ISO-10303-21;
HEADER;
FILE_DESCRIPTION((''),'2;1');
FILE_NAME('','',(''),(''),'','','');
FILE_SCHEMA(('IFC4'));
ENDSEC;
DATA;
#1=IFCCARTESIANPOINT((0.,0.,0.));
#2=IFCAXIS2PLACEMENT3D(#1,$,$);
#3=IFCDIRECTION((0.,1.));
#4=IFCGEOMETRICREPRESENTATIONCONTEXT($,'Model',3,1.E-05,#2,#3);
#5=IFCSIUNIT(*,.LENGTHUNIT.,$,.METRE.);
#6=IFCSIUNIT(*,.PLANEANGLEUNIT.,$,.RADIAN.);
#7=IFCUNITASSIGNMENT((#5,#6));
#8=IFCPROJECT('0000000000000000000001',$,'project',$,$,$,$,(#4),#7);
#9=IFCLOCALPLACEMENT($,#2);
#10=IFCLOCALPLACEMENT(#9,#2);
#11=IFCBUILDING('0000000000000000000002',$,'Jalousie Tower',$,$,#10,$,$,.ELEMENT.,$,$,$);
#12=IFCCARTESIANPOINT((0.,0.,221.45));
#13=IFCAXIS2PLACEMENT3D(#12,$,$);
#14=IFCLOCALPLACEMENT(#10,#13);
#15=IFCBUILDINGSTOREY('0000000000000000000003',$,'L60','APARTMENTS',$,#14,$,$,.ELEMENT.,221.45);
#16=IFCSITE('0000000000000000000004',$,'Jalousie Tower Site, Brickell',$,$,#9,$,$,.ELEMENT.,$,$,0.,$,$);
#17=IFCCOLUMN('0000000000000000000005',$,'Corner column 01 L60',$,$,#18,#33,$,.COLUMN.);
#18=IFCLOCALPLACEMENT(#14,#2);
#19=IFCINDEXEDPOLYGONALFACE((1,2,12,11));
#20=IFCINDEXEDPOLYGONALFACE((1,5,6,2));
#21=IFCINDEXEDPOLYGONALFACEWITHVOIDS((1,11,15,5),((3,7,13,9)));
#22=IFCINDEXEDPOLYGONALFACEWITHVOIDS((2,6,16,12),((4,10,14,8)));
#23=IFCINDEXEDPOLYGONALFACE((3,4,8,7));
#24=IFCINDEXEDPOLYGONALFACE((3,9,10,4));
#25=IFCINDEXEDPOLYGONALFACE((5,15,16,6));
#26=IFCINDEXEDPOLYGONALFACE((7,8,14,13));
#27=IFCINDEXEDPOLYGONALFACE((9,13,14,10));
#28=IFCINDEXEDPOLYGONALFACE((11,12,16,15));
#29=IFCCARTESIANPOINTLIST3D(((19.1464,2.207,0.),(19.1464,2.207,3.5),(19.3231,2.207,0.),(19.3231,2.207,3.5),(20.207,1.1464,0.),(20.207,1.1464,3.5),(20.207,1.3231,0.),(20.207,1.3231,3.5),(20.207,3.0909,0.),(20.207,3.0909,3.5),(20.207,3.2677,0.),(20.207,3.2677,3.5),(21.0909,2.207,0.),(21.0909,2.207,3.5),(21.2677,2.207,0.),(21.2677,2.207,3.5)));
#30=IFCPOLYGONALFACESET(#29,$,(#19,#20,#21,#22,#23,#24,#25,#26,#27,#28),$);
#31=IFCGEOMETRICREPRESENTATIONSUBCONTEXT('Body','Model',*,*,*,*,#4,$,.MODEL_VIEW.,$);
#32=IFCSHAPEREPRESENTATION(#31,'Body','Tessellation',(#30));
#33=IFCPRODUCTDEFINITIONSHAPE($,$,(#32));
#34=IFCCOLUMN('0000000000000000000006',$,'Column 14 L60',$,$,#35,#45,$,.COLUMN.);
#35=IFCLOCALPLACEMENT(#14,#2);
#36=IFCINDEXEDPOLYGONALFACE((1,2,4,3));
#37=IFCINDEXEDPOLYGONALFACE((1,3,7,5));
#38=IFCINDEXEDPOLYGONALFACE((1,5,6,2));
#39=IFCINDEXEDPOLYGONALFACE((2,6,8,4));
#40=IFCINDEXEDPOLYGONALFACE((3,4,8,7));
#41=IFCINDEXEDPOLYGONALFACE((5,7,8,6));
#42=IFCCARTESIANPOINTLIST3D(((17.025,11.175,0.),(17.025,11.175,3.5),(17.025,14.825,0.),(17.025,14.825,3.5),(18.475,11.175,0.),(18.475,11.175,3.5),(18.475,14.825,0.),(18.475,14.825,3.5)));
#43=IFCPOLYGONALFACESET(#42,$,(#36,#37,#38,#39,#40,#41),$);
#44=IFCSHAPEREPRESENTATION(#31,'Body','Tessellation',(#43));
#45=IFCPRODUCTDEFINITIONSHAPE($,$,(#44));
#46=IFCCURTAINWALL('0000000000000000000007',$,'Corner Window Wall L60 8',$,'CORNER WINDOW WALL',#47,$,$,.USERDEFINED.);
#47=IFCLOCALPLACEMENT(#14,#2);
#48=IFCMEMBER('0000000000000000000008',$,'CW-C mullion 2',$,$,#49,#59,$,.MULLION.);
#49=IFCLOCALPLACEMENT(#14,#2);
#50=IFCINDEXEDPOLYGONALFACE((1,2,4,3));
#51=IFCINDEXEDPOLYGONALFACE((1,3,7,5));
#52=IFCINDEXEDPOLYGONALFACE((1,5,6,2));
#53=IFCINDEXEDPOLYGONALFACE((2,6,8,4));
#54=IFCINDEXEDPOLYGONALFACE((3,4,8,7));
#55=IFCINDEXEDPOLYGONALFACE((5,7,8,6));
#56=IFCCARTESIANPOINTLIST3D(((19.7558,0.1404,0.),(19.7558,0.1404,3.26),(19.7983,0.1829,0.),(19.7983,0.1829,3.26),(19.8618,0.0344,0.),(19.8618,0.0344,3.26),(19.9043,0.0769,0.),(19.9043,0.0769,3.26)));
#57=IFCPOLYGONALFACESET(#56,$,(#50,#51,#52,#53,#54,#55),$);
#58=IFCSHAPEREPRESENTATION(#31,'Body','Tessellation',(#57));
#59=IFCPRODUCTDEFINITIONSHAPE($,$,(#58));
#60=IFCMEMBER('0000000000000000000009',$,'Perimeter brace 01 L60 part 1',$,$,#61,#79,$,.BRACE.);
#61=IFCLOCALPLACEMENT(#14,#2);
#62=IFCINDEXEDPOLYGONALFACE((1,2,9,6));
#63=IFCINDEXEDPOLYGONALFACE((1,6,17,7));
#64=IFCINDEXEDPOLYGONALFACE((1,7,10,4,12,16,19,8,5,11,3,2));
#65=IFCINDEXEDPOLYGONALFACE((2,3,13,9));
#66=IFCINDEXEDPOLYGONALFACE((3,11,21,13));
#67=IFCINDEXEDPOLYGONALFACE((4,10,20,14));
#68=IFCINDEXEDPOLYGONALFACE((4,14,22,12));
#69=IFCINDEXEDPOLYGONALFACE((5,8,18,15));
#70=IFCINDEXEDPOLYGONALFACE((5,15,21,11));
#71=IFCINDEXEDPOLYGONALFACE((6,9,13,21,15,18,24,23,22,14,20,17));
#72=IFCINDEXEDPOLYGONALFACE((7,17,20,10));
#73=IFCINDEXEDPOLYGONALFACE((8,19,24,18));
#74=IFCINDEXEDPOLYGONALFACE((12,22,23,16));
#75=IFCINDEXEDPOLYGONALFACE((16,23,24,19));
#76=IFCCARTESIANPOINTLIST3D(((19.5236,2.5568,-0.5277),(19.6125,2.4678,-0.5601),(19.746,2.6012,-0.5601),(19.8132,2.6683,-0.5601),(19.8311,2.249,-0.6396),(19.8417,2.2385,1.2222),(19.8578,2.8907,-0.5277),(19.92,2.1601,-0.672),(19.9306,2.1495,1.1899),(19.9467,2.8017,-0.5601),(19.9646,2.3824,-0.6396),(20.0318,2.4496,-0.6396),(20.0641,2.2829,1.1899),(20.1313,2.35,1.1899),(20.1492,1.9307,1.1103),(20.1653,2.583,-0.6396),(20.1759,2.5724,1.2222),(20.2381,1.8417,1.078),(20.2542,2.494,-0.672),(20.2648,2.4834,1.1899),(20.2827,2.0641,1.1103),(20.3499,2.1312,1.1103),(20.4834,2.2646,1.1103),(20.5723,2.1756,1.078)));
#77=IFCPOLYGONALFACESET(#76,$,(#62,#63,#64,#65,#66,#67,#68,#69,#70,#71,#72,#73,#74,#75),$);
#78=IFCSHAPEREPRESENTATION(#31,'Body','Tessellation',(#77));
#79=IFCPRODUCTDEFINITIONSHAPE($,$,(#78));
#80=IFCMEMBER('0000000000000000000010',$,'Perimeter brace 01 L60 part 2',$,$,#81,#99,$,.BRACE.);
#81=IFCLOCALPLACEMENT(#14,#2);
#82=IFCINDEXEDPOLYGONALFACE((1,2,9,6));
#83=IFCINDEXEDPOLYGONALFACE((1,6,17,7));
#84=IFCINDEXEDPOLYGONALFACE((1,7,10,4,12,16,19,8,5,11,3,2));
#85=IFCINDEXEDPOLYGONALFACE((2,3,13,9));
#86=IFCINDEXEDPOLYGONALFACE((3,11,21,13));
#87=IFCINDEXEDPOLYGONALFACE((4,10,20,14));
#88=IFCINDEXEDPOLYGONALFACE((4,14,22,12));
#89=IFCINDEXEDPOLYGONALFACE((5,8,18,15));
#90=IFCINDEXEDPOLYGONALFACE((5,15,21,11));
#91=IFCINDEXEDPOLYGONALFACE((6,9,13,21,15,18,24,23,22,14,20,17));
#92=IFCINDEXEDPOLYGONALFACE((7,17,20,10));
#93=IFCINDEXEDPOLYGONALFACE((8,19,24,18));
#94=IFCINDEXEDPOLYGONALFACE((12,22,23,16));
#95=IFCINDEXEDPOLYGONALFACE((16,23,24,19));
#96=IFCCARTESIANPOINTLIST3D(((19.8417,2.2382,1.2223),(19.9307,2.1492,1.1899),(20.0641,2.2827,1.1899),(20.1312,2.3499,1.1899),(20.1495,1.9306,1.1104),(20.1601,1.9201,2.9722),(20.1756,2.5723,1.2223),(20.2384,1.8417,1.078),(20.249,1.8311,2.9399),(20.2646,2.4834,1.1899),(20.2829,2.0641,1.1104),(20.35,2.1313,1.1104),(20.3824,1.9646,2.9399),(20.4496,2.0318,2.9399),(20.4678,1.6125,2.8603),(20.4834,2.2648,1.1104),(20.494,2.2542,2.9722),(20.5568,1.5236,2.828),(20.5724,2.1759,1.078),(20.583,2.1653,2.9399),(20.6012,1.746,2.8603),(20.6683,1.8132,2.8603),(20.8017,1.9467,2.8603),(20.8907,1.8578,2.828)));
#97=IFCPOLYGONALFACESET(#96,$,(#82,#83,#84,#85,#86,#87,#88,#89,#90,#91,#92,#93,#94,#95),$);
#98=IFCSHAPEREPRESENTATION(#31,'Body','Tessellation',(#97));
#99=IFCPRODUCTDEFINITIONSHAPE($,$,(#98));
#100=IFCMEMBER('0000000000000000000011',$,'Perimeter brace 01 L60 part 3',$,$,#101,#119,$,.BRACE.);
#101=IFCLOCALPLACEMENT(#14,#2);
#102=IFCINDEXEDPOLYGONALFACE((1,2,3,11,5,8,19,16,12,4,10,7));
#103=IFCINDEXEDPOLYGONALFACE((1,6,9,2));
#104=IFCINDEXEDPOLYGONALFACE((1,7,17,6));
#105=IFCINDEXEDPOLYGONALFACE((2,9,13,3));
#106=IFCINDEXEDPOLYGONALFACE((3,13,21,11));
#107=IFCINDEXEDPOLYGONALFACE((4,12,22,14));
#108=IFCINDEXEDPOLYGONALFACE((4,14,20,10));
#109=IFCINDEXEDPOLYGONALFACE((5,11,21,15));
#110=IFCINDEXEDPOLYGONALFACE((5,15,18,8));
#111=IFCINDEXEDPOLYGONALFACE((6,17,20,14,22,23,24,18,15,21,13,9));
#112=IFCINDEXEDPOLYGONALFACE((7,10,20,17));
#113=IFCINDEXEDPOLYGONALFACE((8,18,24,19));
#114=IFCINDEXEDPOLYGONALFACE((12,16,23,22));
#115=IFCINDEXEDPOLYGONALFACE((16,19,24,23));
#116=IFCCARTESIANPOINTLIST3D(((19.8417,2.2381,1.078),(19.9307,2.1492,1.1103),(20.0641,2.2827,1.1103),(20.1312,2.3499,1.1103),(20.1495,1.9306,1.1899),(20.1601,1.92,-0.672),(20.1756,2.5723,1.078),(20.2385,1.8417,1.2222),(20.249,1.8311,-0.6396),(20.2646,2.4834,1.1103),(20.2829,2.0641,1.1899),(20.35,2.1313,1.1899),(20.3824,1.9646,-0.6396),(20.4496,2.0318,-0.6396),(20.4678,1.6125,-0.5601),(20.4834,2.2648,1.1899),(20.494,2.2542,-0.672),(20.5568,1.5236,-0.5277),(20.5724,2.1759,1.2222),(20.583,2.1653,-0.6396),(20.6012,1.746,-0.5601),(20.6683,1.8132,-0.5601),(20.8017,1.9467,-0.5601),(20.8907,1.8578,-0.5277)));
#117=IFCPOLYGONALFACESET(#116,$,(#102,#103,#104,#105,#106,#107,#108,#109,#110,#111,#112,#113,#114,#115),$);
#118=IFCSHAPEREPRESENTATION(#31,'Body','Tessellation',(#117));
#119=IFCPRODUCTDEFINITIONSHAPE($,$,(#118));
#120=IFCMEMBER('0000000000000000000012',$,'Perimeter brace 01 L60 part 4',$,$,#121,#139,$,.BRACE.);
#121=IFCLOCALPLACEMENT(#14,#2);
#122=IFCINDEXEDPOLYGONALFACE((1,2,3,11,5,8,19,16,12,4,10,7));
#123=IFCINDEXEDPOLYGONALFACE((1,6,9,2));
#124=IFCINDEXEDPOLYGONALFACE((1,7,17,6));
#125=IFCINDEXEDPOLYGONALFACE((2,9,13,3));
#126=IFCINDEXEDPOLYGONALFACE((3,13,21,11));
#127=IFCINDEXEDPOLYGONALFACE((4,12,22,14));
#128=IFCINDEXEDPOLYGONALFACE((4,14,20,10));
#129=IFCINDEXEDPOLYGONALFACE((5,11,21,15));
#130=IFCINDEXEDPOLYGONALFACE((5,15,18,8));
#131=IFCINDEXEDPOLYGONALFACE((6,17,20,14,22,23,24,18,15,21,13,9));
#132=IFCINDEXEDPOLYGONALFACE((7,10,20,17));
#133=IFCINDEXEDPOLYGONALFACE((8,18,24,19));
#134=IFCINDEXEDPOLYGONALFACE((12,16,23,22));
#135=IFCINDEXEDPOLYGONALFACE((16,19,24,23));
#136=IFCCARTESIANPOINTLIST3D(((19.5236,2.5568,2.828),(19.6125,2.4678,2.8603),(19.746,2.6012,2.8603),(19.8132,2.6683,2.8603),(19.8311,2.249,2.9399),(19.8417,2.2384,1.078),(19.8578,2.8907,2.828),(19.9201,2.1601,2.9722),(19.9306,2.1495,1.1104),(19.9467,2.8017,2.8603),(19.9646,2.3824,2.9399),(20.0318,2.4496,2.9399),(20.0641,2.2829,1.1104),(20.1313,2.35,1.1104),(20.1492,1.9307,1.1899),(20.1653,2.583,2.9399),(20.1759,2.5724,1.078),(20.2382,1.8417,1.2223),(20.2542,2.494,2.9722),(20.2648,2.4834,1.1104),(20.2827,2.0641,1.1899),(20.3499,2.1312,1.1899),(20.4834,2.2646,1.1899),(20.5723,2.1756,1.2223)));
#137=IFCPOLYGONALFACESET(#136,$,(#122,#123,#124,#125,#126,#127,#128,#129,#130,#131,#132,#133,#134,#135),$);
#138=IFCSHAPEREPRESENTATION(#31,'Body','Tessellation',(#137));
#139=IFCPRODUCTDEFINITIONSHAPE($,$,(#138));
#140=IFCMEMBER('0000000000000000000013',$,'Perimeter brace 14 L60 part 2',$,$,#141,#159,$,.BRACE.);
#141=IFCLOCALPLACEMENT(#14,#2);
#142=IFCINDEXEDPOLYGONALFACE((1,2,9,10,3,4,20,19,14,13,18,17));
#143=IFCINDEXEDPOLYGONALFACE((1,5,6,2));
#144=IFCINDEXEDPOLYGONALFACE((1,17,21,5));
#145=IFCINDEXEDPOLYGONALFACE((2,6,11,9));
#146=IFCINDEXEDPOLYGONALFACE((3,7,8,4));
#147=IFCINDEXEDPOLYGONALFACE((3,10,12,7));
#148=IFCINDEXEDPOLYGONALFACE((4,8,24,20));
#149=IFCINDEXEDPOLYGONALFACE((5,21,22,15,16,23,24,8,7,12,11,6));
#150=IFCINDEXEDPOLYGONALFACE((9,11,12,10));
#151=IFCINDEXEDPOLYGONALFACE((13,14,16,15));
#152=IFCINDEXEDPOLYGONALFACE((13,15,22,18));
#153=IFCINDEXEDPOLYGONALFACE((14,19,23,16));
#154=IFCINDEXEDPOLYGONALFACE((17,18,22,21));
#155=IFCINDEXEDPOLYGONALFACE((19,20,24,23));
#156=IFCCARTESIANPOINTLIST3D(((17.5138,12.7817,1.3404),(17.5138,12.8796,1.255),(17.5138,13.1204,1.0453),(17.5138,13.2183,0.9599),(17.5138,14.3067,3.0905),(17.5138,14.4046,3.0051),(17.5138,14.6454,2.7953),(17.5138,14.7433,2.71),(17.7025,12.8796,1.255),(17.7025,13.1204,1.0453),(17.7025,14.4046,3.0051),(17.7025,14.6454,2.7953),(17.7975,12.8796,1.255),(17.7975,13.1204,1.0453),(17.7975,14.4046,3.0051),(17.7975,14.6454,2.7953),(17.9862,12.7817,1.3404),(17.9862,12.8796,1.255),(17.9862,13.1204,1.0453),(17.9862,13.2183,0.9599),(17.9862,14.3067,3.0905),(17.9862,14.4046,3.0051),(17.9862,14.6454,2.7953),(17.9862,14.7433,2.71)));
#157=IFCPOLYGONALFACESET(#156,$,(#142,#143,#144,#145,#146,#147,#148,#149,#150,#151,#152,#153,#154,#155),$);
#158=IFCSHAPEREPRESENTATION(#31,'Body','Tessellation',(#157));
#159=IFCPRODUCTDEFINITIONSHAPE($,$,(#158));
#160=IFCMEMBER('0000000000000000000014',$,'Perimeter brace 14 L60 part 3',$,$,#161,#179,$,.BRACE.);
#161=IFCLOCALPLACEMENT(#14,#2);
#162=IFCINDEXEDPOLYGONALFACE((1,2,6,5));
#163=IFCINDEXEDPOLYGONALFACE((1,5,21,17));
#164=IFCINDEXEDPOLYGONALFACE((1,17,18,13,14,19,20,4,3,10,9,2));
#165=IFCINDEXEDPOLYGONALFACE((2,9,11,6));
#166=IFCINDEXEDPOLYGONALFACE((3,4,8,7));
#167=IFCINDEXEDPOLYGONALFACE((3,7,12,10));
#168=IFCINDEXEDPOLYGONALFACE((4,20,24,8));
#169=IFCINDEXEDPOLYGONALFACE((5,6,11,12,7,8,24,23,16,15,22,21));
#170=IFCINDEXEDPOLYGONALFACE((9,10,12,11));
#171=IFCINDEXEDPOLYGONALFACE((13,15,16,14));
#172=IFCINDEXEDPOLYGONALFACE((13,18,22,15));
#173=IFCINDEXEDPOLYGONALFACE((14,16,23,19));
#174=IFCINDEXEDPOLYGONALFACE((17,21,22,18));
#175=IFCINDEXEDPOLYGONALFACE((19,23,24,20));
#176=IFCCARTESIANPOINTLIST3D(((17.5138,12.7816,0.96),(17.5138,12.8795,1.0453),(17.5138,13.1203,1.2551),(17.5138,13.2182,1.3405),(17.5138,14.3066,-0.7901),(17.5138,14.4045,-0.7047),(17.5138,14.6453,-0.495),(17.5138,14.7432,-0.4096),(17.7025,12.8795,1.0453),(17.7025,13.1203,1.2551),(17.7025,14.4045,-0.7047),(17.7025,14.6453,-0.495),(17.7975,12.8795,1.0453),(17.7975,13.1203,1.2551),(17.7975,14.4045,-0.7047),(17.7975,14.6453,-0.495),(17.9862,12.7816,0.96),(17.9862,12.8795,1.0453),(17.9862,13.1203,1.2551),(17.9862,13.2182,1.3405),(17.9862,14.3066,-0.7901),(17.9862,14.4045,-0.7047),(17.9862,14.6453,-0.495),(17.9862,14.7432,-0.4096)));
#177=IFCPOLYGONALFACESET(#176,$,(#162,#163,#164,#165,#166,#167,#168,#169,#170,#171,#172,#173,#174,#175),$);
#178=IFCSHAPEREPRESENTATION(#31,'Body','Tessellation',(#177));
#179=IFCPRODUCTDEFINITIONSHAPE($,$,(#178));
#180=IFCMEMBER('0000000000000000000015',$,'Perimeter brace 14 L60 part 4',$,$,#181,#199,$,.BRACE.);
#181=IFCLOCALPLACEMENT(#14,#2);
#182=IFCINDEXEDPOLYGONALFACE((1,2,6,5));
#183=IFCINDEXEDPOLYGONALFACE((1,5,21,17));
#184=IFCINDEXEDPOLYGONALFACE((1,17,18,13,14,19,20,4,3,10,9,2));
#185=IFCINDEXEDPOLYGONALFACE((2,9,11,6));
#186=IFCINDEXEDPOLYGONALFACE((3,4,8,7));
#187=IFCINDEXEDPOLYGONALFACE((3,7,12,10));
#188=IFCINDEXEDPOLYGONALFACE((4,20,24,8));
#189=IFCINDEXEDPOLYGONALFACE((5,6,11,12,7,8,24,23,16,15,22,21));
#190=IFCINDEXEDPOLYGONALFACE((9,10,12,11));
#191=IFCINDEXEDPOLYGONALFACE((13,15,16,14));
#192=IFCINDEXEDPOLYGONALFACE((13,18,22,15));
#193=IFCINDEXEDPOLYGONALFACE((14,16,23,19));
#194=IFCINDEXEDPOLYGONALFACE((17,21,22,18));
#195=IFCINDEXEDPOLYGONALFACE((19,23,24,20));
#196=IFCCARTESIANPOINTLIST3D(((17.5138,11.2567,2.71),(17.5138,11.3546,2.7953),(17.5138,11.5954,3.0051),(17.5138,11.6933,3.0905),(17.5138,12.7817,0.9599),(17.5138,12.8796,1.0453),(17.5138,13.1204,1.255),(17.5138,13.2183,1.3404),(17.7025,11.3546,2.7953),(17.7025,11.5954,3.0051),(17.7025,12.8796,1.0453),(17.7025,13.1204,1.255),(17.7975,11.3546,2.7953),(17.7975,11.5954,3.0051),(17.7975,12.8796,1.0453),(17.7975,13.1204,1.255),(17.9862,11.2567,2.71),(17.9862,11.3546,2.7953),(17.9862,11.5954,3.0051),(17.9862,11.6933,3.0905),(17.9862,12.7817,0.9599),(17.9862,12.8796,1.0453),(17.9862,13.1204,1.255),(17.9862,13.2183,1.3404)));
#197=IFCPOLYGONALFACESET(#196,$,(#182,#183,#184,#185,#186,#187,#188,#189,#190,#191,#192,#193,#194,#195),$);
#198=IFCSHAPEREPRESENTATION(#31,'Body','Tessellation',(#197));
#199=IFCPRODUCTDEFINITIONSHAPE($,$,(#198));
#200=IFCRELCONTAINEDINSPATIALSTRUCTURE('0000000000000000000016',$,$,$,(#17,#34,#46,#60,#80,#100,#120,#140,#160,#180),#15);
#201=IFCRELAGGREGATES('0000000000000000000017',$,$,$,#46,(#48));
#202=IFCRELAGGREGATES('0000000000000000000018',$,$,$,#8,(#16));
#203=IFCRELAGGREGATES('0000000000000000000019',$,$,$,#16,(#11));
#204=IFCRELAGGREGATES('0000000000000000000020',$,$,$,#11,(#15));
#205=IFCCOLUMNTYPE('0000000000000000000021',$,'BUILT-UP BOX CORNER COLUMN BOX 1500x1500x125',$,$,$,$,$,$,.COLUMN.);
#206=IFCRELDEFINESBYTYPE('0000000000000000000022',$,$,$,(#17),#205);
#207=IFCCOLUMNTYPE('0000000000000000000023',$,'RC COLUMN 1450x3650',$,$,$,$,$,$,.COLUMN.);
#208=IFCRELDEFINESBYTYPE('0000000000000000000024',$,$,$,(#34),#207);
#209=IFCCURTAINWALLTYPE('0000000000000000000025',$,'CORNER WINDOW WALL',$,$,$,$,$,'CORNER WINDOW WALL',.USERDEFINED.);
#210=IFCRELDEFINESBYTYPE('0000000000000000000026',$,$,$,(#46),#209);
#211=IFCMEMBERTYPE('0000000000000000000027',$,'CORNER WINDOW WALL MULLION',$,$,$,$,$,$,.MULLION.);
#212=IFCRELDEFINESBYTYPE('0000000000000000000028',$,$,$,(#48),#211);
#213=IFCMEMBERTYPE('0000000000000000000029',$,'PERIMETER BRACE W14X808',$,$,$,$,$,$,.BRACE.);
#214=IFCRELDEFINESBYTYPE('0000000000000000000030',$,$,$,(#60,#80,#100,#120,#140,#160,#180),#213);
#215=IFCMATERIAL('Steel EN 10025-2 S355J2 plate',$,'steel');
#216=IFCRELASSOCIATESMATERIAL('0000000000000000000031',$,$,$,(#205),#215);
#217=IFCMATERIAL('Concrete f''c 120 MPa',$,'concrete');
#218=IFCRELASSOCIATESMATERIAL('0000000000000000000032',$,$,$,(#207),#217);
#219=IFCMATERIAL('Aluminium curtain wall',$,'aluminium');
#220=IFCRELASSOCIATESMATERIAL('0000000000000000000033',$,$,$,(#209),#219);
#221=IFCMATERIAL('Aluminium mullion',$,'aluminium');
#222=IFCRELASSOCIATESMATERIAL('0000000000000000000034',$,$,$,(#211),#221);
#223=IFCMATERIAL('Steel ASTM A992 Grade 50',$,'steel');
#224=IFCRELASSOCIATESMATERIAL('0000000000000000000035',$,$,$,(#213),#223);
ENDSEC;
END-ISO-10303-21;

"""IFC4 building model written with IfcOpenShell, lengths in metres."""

from ifc_helpers import new_model, si_unit, direction, frame, origin, origin_2d, place, context, subcontext, project, spatial, rectangle, hollow_rectangle, i_section, extrude, material, material_profile, profile_set, type_object, element, aggregate, save


model = new_model("IFC4")

# Units and contexts
model_context = context("Model", 3, precision=1e-05, world=origin(), true_north=direction((0.0, 1.0)))
body_context = subcontext(model_context, "Body", "Model", "MODEL_VIEW")
ifc_project = project(units=[si_unit("LENGTHUNIT", "METRE"), si_unit("PLANEANGLEUNIT", "RADIAN")], contexts=[model_context])

# Site, building, storey
site_placement = place(None, origin())
site = spatial("IfcSite", under=ifc_project, at=site_placement, Name="Jalousie Tower Site, Brickell", CompositionType="ELEMENT", RefElevation=0.0)
building_placement = place(site_placement, origin())
building = spatial("IfcBuilding", under=site, at=building_placement, Name="Jalousie Tower", CompositionType="ELEMENT")
storey_placement = place(building_placement, frame((0.0, 0.0, 221.45)))
storey = spatial("IfcBuildingStorey", under=building, at=storey_placement, Name="L60", Description="APARTMENTS", CompositionType="ELEMENT", Elevation=221.45)

# Columns
ifc_material_1 = material(Name="Steel EN 10025-2 S355J2 plate", Category="steel")
ifc_material_profile_1 = material_profile(ifc_material_1, hollow_rectangle(XDim=1.5, YDim=1.5, WallThickness=0.125, at=origin_2d()), Name="BOX 1500x1500x125")
ifc_profile_set_1 = profile_set([ifc_material_profile_1], Name="Steel EN 10025-2 S355J2 plate")
column_type_1 = type_object("IfcColumnType", Name="BUILT-UP BOX CORNER COLUMN BOX 1500x1500x125", PredefinedType="COLUMN", material=ifc_profile_set_1)
column_1_placement = place(storey_placement, frame((20.207, 2.207, 0.0), z_axis=(0.0, 0.0, 1.0), x_axis=(0.707107, 0.707107, 0.0)))
element("IfcColumn", 1, at=column_1_placement, inside=storey, type_object=column_type_1, Name="Corner column 01 L60", PredefinedType="COLUMN", context=body_context, shape_type="SweptSolid", body=[
    extrude(hollow_rectangle(XDim=1.5, YDim=1.5, WallThickness=0.125, at=origin_2d()), origin(), (0.0, 0.0, 1.0), 3.5),
])
ifc_material_2 = material(Name="Concrete f'c 120 MPa", Category="concrete")
ifc_material_profile_2 = material_profile(ifc_material_2, rectangle(XDim=1.45, YDim=3.6499, at=origin_2d()), Name="RC 1450x3650")
ifc_profile_set_2 = profile_set([ifc_material_profile_2], Name="Concrete f'c 120 MPa")
column_type_2 = type_object("IfcColumnType", Name="RC COLUMN 1450x3650", PredefinedType="COLUMN", material=ifc_profile_set_2)
column_2_placement = place(storey_placement, frame((17.75, 13.0, 0.0), z_axis=(0.0, 0.0, 1.0), x_axis=(1.0, 0.0, 0.0)))
element("IfcColumn", 2, at=column_2_placement, inside=storey, type_object=column_type_2, Name="Column 14 L60", PredefinedType="COLUMN", context=body_context, shape_type="SweptSolid", body=[
    extrude(rectangle(XDim=1.45, YDim=3.6499, at=origin_2d()), origin(), (0.0, 0.0, 1.0), 3.5),
])

# Curtain wall, member
ifc_material_3 = material(Name="Aluminium curtain wall", Category="aluminium")
curtain_wall_type = type_object("IfcCurtainWallType", Name="CORNER WINDOW WALL", ElementType="CORNER WINDOW WALL", PredefinedType="USERDEFINED", material=ifc_material_3)
curtain_wall_placement = place(storey_placement, origin())
curtain_wall = element("IfcCurtainWall", 3, at=curtain_wall_placement, inside=storey, type_object=curtain_wall_type, Name="Corner Window Wall L60 8", ObjectType="CORNER WINDOW WALL", PredefinedType="USERDEFINED")
ifc_material_4 = material(Name="Aluminium mullion", Category="aluminium")
ifc_material_profile_3 = material_profile(ifc_material_4, rectangle(XDim=0.0601, YDim=0.1499, at=origin_2d()), Name="MULLION 60x150")
ifc_profile_set_3 = profile_set([ifc_material_profile_3], Name="Aluminium mullion")
member_type_1 = type_object("IfcMemberType", Name="CORNER WINDOW WALL MULLION", PredefinedType="MULLION", material=ifc_profile_set_3)
member_placement = place(storey_placement, frame((19.8301, 0.1086, 0.0), z_axis=(0.0, 0.0, 1.0), x_axis=(0.707107, 0.707107, 0.0)))
member = element("IfcMember", 4, at=member_placement, type_object=member_type_1, Name="CW-C mullion 2", PredefinedType="MULLION", context=body_context, shape_type="SweptSolid", body=[
    extrude(rectangle(XDim=0.0601, YDim=0.1499, at=origin_2d()), origin(), (0.0, 0.0, 1.0), 3.26),
])

# Members
ifc_material_5 = material(Name="Steel ASTM A992 Grade 50", Category="steel")
ifc_material_profile_4 = material_profile(ifc_material_5, i_section(OverallWidth=0.4724, OverallDepth=0.5791, WebThickness=0.095, FlangeThickness=0.1299, at=origin_2d()), Name="W14X808")
ifc_profile_set_4 = profile_set([ifc_material_profile_4], Name="Steel ASTM A992 Grade 50")
member_type_2 = type_object("IfcMemberType", Name="PERIMETER BRACE W14X808", PredefinedType="BRACE", material=ifc_profile_set_4)
for number, where, z_axis, x_axis, name in (
    (5, (19.8889, 2.5254, -0.5999), (0.176051, -0.176187, 0.968486), (0.707378, 0.706835, 0.0), "Perimeter brace 01 L60 part 1"),
    (6, (20.207, 2.207, 1.1501), (0.176187, -0.176051, 0.968486), (0.706835, 0.707378, 0.0), "Perimeter brace 01 L60 part 2"),
    (7, (20.5254, 1.8889, -0.5999), (-0.176187, 0.176051, 0.968486), (-0.706835, -0.707378, 0.0), "Perimeter brace 01 L60 part 3"),
    (8, (20.207, 2.207, 1.1501), (-0.176051, 0.176187, 0.968486), (-0.707378, -0.706835, 0.0), "Perimeter brace 01 L60 part 4"),
):
    element("IfcMember", number, at=place(storey_placement, frame(where, z_axis=z_axis, x_axis=x_axis)), inside=storey, type_object=member_type_2, Name=name, PredefinedType="BRACE", context=body_context, shape_type="SweptSolid", body=[
        extrude(i_section(OverallWidth=0.4724, OverallDepth=0.5791, WebThickness=0.095, FlangeThickness=0.1299, at=origin_2d()), origin(), (0.0, 0.0, 1.0), 1.8069),
    ])
for number, where, z_axis, x_axis, name in (
    (9, (17.75, 13.0, 1.1501), (0.0, 0.656954, 0.75393), (-1.0, 0.0, 0.0), "Perimeter brace 14 L60 part 2"),
    (10, (17.75, 14.5249, -0.5999), (0.0, -0.656954, 0.75393), (1.0, 0.0, 0.0), "Perimeter brace 14 L60 part 3"),
    (11, (17.75, 13.0, 1.1501), (0.0, -0.656954, 0.75393), (1.0, 0.0, 0.0), "Perimeter brace 14 L60 part 4"),
):
    element("IfcMember", number, at=place(storey_placement, frame(where, z_axis=z_axis, x_axis=x_axis)), inside=storey, type_object=member_type_2, Name=name, PredefinedType="BRACE", context=body_context, shape_type="SweptSolid", body=[
        extrude(i_section(OverallWidth=0.4724, OverallDepth=0.5791, WebThickness=0.095, FlangeThickness=0.1299, at=origin_2d()), origin(), (0.0, 0.0, 1.0), 2.3213),
    ])

aggregate(curtain_wall, [member])

save(model, "model.ifc")
